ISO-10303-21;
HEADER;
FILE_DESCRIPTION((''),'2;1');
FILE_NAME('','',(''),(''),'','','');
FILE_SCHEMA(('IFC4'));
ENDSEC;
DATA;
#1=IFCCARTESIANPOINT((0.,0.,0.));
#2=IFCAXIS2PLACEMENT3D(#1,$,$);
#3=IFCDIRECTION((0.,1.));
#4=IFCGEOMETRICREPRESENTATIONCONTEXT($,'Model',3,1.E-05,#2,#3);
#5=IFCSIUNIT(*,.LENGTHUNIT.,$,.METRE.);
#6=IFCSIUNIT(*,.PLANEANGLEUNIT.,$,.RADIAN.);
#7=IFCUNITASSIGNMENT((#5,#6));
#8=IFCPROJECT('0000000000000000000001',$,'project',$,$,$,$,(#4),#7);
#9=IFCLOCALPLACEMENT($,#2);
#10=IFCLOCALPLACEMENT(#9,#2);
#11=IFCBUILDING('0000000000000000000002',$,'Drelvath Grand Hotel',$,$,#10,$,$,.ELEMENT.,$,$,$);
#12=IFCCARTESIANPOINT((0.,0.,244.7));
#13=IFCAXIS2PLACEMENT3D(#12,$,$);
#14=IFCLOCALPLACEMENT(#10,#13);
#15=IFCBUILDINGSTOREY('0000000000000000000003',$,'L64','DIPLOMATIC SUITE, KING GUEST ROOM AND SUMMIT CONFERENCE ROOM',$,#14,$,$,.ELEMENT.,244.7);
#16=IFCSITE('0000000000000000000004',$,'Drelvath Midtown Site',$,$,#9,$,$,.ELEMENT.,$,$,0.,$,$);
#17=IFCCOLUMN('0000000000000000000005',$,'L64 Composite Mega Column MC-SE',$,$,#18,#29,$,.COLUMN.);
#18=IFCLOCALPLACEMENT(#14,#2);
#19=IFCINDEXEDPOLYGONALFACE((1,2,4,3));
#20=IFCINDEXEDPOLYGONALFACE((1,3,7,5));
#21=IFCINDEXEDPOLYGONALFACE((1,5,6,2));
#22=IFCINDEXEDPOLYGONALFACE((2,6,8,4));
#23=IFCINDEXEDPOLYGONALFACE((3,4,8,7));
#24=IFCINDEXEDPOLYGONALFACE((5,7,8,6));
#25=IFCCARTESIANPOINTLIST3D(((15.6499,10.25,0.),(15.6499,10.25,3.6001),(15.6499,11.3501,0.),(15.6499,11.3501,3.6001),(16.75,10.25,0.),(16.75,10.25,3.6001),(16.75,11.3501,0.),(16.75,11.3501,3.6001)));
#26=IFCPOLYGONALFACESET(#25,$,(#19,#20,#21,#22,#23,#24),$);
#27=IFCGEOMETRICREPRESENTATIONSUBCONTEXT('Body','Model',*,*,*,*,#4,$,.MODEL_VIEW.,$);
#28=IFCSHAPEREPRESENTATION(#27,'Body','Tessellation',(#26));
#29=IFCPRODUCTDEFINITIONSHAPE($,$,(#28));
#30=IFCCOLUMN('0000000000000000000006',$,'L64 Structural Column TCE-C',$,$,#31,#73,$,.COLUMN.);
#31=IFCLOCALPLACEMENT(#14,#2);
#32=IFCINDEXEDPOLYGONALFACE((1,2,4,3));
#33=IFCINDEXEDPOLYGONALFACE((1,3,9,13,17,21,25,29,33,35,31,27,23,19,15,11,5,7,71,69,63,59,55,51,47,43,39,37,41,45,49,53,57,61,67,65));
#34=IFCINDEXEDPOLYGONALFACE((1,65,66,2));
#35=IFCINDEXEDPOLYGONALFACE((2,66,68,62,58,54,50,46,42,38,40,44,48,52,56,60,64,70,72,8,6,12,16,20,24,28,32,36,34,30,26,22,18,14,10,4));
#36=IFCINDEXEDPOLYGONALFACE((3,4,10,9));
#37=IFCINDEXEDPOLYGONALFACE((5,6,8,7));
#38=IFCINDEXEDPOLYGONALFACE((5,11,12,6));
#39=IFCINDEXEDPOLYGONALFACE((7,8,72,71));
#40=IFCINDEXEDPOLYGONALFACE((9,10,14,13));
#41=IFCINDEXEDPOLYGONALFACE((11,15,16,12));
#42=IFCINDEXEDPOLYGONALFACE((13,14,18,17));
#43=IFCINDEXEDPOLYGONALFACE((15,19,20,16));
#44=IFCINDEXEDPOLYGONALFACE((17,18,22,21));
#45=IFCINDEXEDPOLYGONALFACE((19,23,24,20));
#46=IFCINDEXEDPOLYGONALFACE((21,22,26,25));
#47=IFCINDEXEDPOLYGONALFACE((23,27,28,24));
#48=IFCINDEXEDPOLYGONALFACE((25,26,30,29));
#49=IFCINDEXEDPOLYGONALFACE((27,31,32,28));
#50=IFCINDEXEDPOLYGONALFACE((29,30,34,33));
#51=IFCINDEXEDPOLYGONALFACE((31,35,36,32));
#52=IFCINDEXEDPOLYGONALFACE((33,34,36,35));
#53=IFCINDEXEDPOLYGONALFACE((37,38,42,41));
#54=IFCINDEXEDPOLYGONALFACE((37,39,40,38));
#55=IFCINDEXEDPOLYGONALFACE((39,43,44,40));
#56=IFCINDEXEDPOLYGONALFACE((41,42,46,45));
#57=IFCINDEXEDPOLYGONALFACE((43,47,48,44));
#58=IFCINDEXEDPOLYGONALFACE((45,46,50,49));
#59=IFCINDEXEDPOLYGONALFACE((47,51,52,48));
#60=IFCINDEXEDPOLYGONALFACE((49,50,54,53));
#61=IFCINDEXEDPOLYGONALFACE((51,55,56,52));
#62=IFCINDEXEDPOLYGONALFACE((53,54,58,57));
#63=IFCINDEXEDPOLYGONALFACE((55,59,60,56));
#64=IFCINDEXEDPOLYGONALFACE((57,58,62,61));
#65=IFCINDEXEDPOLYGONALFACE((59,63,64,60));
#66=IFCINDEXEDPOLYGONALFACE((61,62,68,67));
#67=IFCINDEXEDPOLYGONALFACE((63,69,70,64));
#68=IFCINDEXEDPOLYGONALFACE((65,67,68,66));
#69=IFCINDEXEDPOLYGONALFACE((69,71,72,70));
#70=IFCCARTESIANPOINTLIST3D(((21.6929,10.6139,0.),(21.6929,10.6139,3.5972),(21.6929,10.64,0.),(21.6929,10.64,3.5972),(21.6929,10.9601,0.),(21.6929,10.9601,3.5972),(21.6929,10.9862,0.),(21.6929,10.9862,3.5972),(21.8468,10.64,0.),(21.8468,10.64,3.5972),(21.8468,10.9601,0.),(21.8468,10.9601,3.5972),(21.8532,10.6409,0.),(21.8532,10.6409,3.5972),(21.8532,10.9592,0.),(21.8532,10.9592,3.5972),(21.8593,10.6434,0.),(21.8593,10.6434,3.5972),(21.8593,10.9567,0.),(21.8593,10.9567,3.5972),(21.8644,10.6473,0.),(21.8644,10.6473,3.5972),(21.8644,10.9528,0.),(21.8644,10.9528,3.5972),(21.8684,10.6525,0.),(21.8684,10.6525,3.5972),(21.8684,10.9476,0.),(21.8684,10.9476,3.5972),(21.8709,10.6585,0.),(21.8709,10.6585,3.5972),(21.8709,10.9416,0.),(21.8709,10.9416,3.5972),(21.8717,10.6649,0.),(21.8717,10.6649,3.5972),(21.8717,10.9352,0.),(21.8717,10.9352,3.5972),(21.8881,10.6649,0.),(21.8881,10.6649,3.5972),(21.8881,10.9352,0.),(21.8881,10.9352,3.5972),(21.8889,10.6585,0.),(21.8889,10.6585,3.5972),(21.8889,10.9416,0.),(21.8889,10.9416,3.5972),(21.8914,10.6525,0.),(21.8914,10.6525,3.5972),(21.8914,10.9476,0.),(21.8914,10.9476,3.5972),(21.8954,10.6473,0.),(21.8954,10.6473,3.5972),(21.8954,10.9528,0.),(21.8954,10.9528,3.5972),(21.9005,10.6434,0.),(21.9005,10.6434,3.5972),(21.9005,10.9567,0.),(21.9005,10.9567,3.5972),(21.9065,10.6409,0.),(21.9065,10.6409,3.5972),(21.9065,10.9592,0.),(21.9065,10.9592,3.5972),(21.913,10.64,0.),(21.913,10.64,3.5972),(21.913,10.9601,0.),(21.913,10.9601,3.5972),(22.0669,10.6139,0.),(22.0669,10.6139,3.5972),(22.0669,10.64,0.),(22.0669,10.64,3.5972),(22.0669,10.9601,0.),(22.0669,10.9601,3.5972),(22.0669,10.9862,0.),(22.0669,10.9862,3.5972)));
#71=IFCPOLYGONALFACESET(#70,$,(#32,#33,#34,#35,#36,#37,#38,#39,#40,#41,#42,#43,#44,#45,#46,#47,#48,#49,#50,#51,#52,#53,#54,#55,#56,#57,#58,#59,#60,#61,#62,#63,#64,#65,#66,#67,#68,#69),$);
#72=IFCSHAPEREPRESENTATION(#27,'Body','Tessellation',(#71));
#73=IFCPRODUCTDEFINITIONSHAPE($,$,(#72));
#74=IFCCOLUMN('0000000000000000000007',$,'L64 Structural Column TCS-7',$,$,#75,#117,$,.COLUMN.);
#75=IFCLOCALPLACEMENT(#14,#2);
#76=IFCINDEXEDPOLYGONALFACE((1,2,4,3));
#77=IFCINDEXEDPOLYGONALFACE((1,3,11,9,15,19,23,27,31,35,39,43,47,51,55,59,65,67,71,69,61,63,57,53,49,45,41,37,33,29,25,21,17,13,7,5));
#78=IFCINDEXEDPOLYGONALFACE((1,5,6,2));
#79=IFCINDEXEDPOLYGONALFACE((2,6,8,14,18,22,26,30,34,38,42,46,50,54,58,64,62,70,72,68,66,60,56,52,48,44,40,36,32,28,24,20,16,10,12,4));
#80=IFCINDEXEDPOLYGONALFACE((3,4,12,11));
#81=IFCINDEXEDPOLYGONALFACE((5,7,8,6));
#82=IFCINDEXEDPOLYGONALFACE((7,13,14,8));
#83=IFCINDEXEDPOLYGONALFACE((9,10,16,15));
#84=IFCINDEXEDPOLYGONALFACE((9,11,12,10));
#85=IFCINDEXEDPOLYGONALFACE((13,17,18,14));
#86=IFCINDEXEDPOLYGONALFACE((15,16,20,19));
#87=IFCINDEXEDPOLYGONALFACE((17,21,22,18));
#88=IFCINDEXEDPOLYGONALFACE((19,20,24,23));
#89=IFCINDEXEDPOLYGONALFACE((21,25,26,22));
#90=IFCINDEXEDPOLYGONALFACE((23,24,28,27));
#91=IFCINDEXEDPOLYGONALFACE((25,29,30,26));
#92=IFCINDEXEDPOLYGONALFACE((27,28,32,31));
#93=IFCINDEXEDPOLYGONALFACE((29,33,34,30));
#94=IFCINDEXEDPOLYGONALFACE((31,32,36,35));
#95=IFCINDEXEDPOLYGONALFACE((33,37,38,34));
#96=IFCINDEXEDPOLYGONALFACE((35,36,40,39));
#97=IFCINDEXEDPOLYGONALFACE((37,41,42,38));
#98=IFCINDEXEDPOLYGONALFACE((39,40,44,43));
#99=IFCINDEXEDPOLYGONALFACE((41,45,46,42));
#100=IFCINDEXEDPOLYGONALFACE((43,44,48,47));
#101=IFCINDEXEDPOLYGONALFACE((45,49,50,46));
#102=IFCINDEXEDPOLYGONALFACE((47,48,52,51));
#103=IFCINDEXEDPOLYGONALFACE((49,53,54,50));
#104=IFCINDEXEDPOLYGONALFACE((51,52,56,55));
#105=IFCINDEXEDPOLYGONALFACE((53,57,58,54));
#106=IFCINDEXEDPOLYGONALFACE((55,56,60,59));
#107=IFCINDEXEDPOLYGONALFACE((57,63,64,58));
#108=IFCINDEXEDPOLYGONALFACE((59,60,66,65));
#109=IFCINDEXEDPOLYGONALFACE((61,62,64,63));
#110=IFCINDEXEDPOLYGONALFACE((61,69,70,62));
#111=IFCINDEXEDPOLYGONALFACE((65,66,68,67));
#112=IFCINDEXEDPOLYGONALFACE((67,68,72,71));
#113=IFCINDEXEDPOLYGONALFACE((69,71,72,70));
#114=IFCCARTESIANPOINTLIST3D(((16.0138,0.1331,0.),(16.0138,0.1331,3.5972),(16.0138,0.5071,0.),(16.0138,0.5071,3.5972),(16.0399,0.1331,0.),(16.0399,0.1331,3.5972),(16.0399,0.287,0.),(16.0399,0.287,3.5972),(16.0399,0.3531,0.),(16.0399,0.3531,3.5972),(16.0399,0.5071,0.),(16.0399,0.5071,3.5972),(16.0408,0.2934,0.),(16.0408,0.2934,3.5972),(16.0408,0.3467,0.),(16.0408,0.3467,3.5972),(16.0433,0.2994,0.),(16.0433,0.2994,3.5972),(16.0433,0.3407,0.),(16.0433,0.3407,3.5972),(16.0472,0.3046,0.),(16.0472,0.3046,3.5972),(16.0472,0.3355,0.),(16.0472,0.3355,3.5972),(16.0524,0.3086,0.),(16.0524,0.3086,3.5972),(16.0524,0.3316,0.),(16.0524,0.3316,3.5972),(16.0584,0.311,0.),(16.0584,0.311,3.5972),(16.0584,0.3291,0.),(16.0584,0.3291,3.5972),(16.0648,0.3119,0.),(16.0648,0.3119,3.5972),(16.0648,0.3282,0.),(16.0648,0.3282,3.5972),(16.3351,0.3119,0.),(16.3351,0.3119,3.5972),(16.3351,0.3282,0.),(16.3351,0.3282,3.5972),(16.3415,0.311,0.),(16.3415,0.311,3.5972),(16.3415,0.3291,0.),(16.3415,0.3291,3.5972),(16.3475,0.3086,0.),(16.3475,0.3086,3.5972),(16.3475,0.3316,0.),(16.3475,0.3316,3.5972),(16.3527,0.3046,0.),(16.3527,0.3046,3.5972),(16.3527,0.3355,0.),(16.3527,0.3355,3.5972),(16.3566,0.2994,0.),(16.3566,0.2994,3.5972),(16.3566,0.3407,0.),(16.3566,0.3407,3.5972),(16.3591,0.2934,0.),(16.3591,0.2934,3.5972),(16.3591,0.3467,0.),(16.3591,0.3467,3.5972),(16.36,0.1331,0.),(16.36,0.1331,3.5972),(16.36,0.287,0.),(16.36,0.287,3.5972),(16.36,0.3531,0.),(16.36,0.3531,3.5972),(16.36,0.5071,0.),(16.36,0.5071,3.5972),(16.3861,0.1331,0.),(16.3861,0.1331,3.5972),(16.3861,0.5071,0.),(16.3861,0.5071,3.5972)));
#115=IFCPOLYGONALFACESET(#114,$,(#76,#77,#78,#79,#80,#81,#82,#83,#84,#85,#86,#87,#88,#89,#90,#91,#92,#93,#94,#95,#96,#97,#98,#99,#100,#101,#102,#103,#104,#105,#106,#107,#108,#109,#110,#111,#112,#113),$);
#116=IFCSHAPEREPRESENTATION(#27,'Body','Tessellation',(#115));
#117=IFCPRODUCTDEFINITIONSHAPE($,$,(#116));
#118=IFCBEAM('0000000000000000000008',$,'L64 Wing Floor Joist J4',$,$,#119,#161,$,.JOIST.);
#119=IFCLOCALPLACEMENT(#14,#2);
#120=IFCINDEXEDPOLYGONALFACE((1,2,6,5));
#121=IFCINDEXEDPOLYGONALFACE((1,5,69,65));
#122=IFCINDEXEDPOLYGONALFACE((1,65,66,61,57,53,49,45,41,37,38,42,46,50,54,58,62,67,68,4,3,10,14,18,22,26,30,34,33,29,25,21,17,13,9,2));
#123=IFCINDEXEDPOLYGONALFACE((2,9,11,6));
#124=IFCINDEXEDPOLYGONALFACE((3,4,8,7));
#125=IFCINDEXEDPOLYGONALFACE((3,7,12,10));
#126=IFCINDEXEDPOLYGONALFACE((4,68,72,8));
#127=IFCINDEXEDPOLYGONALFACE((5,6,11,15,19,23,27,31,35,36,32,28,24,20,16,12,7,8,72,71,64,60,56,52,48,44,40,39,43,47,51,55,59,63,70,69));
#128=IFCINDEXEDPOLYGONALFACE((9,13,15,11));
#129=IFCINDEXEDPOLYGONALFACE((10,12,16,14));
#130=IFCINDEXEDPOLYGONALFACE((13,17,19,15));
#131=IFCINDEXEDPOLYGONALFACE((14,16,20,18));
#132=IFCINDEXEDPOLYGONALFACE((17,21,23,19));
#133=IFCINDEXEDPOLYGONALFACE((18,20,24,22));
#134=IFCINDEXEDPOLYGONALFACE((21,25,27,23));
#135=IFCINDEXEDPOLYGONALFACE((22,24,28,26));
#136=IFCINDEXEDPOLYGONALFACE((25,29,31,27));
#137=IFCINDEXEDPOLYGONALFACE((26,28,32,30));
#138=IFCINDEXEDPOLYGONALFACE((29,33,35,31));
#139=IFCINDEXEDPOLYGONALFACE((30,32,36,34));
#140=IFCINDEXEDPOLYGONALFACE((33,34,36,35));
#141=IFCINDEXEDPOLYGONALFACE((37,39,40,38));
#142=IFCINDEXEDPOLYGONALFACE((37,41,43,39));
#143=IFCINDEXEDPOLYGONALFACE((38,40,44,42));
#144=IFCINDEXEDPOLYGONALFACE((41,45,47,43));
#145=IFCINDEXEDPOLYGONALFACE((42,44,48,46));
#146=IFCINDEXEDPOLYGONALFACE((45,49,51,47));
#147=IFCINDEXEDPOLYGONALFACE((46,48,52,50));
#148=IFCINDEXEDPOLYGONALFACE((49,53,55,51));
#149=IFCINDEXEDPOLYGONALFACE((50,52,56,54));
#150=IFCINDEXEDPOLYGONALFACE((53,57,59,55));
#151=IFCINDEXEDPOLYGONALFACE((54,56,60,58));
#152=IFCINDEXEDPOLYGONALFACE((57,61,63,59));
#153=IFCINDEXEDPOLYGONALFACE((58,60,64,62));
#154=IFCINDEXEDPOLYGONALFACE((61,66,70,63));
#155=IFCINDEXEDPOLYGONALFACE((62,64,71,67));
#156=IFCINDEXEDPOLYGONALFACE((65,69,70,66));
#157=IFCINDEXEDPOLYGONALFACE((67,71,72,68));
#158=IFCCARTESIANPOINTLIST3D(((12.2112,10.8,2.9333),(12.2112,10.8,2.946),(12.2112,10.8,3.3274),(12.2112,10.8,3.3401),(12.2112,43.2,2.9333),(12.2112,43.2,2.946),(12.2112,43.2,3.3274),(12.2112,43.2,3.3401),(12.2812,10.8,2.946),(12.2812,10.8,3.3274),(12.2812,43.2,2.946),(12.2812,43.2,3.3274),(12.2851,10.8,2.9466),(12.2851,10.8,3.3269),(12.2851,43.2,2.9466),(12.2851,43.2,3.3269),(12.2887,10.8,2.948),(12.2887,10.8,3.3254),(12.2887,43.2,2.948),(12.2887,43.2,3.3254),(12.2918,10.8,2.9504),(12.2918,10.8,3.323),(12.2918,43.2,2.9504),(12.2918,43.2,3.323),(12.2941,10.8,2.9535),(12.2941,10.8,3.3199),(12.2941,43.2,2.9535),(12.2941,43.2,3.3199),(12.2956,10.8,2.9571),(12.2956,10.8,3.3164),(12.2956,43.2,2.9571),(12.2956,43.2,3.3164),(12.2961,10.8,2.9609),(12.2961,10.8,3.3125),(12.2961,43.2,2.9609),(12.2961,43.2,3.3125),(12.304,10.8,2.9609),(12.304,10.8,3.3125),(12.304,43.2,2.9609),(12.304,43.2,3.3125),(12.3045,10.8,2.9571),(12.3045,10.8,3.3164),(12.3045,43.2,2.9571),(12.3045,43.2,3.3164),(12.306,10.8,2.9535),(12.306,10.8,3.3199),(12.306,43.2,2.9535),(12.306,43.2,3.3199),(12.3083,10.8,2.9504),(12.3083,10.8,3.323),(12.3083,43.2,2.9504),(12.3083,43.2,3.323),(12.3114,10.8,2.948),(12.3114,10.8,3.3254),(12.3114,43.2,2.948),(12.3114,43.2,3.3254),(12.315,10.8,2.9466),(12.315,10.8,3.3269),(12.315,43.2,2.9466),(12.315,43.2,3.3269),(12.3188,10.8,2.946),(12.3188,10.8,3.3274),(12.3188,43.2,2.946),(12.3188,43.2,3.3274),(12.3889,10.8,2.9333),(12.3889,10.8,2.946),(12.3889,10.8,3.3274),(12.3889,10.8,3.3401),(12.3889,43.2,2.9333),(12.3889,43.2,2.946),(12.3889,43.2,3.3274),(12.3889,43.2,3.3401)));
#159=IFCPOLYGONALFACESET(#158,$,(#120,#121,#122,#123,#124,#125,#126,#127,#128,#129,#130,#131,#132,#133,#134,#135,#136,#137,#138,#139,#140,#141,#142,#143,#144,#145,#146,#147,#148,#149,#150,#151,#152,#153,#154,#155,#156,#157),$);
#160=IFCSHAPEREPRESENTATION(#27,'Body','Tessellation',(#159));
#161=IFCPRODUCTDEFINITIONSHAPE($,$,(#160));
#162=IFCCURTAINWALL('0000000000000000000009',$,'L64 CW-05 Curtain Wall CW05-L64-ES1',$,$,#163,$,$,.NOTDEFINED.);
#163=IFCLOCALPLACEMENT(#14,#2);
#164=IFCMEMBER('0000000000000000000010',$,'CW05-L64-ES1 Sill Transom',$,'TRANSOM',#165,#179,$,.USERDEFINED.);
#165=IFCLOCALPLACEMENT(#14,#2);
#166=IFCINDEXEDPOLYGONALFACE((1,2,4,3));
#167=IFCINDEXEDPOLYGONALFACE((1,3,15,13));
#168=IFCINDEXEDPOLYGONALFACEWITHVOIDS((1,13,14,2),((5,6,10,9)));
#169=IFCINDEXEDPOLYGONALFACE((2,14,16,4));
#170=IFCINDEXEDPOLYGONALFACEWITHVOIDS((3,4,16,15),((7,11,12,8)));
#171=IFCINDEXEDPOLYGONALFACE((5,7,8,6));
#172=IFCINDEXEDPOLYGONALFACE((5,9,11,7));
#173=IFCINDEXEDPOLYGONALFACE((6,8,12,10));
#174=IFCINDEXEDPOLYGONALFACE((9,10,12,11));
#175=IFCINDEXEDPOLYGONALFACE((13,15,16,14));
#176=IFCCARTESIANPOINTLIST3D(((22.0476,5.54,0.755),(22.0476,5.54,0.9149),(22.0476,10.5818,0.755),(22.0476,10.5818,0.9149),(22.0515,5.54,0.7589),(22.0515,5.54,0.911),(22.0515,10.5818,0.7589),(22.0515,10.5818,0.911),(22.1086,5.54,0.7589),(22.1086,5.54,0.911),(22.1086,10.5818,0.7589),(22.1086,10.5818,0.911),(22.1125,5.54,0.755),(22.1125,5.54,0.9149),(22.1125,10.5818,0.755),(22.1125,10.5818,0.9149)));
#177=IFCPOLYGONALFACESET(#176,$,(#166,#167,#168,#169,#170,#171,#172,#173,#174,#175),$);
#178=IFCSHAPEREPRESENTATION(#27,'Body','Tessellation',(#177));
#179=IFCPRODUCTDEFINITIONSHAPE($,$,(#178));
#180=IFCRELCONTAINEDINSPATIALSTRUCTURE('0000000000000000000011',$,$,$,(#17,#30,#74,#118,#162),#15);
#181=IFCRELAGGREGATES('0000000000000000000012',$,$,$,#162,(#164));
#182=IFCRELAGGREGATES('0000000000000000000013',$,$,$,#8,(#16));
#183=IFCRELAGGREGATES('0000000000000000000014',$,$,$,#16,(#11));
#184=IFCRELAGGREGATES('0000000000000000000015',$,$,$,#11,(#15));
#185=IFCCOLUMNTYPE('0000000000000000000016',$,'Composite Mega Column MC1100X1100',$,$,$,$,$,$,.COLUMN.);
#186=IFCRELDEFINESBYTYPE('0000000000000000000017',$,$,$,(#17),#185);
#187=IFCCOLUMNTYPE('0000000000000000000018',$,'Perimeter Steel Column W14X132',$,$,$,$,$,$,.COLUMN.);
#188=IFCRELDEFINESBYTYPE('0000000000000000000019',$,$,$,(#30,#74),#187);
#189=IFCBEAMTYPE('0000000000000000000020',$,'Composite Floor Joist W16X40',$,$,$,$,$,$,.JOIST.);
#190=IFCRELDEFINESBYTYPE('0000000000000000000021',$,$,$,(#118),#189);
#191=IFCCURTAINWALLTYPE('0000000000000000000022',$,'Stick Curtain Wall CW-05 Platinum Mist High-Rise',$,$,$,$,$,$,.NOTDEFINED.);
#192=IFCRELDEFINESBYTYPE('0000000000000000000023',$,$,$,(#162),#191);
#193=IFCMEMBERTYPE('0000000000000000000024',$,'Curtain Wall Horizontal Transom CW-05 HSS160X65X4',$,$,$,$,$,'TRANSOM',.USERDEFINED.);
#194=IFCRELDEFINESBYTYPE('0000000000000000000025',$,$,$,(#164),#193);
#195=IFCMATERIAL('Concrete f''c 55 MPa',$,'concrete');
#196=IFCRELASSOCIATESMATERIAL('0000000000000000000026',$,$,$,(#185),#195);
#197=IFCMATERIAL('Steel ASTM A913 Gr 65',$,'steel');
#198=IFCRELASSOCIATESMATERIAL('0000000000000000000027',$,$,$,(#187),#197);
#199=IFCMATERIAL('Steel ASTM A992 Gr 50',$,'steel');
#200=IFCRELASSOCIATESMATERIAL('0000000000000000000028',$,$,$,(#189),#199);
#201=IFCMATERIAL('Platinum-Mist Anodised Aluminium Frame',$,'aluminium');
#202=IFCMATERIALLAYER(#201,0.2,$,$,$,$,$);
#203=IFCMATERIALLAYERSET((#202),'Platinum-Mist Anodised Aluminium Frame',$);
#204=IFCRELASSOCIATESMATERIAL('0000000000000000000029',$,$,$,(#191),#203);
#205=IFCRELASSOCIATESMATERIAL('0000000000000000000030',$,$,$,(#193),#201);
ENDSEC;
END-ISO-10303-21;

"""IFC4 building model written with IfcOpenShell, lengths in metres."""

from ifc_helpers import new_model, si_unit, direction, frame, origin, origin_2d, place, context, subcontext, project, spatial, rectangle, hollow_rectangle, i_section, extrude, material, layer, layer_set, material_profile, profile_set, type_object, element, aggregate, save


model = new_model("IFC4")

# Units and contexts
model_context = context("Model", 3, precision=1e-05, world=origin(), true_north=direction((0.0, 1.0)))
body_context = subcontext(model_context, "Body", "Model", "MODEL_VIEW")
ifc_project = project(units=[si_unit("LENGTHUNIT", "METRE"), si_unit("PLANEANGLEUNIT", "RADIAN")], contexts=[model_context])

# Site, building, storey
site_placement = place(None, origin())
site = spatial("IfcSite", under=ifc_project, at=site_placement, Name="Drelvath Midtown Site", CompositionType="ELEMENT", RefElevation=0.0)
building_placement = place(site_placement, origin())
building = spatial("IfcBuilding", under=site, at=building_placement, Name="Drelvath Grand Hotel", CompositionType="ELEMENT")
storey_placement = place(building_placement, frame((0.0, 0.0, 244.7)))
storey = spatial("IfcBuildingStorey", under=building, at=storey_placement, Name="L64", Description="DIPLOMATIC SUITE, KING GUEST ROOM AND SUMMIT CONFERENCE ROOM", CompositionType="ELEMENT", Elevation=244.7)

# Columns
ifc_material_1 = material(Name="Concrete f'c 55 MPa", Category="concrete")
ifc_material_profile_1 = material_profile(ifc_material_1, rectangle(XDim=1.1001, YDim=1.1001, at=origin_2d()), Name="MC1100X1100")
ifc_profile_set_1 = profile_set([ifc_material_profile_1], Name="Concrete f'c 55 MPa")
column_type_1 = type_object("IfcColumnType", Name="Composite Mega Column MC1100X1100", PredefinedType="COLUMN", material=ifc_profile_set_1)
column_placement = place(storey_placement, frame((16.2, 10.8, 0.0), z_axis=(0.0, 0.0, 1.0), x_axis=(1.0, 0.0, 0.0)))
element("IfcColumn", 1, at=column_placement, inside=storey, type_object=column_type_1, Name="L64 Composite Mega Column MC-SE", PredefinedType="COLUMN", context=body_context, shape_type="SweptSolid", body=[
    extrude(rectangle(XDim=1.1001, YDim=1.1001, at=origin_2d()), origin(), (0.0, 0.0, 1.0), 3.6001),
])
ifc_material_2 = material(Name="Steel ASTM A913 Gr 65", Category="steel")
ifc_material_profile_2 = material_profile(ifc_material_2, i_section(OverallWidth=0.374, OverallDepth=0.3723, WebThickness=0.0164, FlangeThickness=0.0261, FilletRadius=0.0249, at=origin_2d()), Name="W14X132")
ifc_profile_set_2 = profile_set([ifc_material_profile_2], Name="Steel ASTM A913 Gr 65")
column_type_2 = type_object("IfcColumnType", Name="Perimeter Steel Column W14X132", PredefinedType="COLUMN", material=ifc_profile_set_2)
for number, where, z_axis, x_axis, name in (
    (2, (21.8799, 10.8, 0.0), (0.0, 0.0, 1.0), (1.0, 0.0, 0.0), "L64 Structural Column TCE-C"),
    (3, (16.2, 0.3201, 0.0), (0.0, 0.0, 1.0), (0.0, 1.0, 0.0), "L64 Structural Column TCS-7"),
):
    element("IfcColumn", number, at=place(storey_placement, frame(where, z_axis=z_axis, x_axis=x_axis)), inside=storey, type_object=column_type_2, Name=name, PredefinedType="COLUMN", context=body_context, shape_type="SweptSolid", body=[
        extrude(i_section(OverallWidth=0.374, OverallDepth=0.3723, WebThickness=0.0164, FlangeThickness=0.0261, FilletRadius=0.0249, at=origin_2d()), origin(), (0.0, 0.0, 1.0), 3.5972),
    ])

# Beam
ifc_material_3 = material(Name="Steel ASTM A992 Gr 50", Category="steel")
ifc_material_profile_3 = material_profile(ifc_material_3, i_section(OverallWidth=0.1777, OverallDepth=0.4067, WebThickness=0.0078, FlangeThickness=0.0127, FilletRadius=0.0149, at=origin_2d()), Name="W16X40")
ifc_profile_set_3 = profile_set([ifc_material_profile_3], Name="Steel ASTM A992 Gr 50")
beam_type_1 = type_object("IfcBeamType", Name="Composite Floor Joist W16X40", PredefinedType="JOIST", material=ifc_profile_set_3)
beam_1_placement = place(storey_placement, frame((12.3, 10.8, 3.1367), z_axis=(0.0, 1.0, 0.0), x_axis=(-1.0, 0.0, 0.0)))
element("IfcBeam", 4, at=beam_1_placement, inside=storey, type_object=beam_type_1, Name="L64 Wing Floor Joist J4", PredefinedType="JOIST", context=body_context, shape_type="SweptSolid", body=[
    extrude(i_section(OverallWidth=0.1777, OverallDepth=0.4067, WebThickness=0.0078, FlangeThickness=0.0127, FilletRadius=0.0149, at=origin_2d()), origin(), (0.0, 0.0, 1.0), 32.3999),
])

# Curtain wall, member
ifc_material_4 = material(Name="Platinum-Mist Anodised Aluminium Frame", Category="aluminium")
ifc_layer_1 = layer(ifc_material_4, 0.2)
ifc_layer_set_1 = layer_set([ifc_layer_1], Name="Platinum-Mist Anodised Aluminium Frame")
curtain_wall_type = type_object("IfcCurtainWallType", Name="Stick Curtain Wall CW-05 Platinum Mist High-Rise", PredefinedType="NOTDEFINED", material=ifc_layer_set_1)
curtain_wall_1_placement = place(storey_placement, origin())
curtain_wall_1 = element("IfcCurtainWall", 5, at=curtain_wall_1_placement, inside=storey, type_object=curtain_wall_type, Name="L64 CW-05 Curtain Wall CW05-L64-ES1", PredefinedType="NOTDEFINED")
ifc_material_profile_4 = material_profile(ifc_material_4, hollow_rectangle(XDim=0.0649, YDim=0.1599, WallThickness=0.0039, at=origin_2d()), Name="HSS160X65X4")
ifc_profile_set_4 = profile_set([ifc_material_profile_4], Name="Platinum-Mist Anodised Aluminium Frame")
member_type_1 = type_object("IfcMemberType", Name="Curtain Wall Horizontal Transom CW-05 HSS160X65X4", ElementType="TRANSOM", PredefinedType="USERDEFINED", material=ifc_profile_set_4)
member_1_placement = place(storey_placement, frame((22.0801, 10.5818, 0.835), z_axis=(0.0, -1.0, 0.0), x_axis=(1.0, 0.0, 0.0)))
member_1 = element("IfcMember", 6, at=member_1_placement, type_object=member_type_1, Name="CW05-L64-ES1 Sill Transom", ObjectType="TRANSOM", PredefinedType="USERDEFINED", context=body_context, shape_type="SweptSolid", body=[
    extrude(hollow_rectangle(XDim=0.0649, YDim=0.1599, WallThickness=0.0039, at=origin_2d()), origin(), (0.0, 0.0, 1.0), 5.0417),
])

aggregate(curtain_wall_1, [member_1])

save(model, "model.ifc")
